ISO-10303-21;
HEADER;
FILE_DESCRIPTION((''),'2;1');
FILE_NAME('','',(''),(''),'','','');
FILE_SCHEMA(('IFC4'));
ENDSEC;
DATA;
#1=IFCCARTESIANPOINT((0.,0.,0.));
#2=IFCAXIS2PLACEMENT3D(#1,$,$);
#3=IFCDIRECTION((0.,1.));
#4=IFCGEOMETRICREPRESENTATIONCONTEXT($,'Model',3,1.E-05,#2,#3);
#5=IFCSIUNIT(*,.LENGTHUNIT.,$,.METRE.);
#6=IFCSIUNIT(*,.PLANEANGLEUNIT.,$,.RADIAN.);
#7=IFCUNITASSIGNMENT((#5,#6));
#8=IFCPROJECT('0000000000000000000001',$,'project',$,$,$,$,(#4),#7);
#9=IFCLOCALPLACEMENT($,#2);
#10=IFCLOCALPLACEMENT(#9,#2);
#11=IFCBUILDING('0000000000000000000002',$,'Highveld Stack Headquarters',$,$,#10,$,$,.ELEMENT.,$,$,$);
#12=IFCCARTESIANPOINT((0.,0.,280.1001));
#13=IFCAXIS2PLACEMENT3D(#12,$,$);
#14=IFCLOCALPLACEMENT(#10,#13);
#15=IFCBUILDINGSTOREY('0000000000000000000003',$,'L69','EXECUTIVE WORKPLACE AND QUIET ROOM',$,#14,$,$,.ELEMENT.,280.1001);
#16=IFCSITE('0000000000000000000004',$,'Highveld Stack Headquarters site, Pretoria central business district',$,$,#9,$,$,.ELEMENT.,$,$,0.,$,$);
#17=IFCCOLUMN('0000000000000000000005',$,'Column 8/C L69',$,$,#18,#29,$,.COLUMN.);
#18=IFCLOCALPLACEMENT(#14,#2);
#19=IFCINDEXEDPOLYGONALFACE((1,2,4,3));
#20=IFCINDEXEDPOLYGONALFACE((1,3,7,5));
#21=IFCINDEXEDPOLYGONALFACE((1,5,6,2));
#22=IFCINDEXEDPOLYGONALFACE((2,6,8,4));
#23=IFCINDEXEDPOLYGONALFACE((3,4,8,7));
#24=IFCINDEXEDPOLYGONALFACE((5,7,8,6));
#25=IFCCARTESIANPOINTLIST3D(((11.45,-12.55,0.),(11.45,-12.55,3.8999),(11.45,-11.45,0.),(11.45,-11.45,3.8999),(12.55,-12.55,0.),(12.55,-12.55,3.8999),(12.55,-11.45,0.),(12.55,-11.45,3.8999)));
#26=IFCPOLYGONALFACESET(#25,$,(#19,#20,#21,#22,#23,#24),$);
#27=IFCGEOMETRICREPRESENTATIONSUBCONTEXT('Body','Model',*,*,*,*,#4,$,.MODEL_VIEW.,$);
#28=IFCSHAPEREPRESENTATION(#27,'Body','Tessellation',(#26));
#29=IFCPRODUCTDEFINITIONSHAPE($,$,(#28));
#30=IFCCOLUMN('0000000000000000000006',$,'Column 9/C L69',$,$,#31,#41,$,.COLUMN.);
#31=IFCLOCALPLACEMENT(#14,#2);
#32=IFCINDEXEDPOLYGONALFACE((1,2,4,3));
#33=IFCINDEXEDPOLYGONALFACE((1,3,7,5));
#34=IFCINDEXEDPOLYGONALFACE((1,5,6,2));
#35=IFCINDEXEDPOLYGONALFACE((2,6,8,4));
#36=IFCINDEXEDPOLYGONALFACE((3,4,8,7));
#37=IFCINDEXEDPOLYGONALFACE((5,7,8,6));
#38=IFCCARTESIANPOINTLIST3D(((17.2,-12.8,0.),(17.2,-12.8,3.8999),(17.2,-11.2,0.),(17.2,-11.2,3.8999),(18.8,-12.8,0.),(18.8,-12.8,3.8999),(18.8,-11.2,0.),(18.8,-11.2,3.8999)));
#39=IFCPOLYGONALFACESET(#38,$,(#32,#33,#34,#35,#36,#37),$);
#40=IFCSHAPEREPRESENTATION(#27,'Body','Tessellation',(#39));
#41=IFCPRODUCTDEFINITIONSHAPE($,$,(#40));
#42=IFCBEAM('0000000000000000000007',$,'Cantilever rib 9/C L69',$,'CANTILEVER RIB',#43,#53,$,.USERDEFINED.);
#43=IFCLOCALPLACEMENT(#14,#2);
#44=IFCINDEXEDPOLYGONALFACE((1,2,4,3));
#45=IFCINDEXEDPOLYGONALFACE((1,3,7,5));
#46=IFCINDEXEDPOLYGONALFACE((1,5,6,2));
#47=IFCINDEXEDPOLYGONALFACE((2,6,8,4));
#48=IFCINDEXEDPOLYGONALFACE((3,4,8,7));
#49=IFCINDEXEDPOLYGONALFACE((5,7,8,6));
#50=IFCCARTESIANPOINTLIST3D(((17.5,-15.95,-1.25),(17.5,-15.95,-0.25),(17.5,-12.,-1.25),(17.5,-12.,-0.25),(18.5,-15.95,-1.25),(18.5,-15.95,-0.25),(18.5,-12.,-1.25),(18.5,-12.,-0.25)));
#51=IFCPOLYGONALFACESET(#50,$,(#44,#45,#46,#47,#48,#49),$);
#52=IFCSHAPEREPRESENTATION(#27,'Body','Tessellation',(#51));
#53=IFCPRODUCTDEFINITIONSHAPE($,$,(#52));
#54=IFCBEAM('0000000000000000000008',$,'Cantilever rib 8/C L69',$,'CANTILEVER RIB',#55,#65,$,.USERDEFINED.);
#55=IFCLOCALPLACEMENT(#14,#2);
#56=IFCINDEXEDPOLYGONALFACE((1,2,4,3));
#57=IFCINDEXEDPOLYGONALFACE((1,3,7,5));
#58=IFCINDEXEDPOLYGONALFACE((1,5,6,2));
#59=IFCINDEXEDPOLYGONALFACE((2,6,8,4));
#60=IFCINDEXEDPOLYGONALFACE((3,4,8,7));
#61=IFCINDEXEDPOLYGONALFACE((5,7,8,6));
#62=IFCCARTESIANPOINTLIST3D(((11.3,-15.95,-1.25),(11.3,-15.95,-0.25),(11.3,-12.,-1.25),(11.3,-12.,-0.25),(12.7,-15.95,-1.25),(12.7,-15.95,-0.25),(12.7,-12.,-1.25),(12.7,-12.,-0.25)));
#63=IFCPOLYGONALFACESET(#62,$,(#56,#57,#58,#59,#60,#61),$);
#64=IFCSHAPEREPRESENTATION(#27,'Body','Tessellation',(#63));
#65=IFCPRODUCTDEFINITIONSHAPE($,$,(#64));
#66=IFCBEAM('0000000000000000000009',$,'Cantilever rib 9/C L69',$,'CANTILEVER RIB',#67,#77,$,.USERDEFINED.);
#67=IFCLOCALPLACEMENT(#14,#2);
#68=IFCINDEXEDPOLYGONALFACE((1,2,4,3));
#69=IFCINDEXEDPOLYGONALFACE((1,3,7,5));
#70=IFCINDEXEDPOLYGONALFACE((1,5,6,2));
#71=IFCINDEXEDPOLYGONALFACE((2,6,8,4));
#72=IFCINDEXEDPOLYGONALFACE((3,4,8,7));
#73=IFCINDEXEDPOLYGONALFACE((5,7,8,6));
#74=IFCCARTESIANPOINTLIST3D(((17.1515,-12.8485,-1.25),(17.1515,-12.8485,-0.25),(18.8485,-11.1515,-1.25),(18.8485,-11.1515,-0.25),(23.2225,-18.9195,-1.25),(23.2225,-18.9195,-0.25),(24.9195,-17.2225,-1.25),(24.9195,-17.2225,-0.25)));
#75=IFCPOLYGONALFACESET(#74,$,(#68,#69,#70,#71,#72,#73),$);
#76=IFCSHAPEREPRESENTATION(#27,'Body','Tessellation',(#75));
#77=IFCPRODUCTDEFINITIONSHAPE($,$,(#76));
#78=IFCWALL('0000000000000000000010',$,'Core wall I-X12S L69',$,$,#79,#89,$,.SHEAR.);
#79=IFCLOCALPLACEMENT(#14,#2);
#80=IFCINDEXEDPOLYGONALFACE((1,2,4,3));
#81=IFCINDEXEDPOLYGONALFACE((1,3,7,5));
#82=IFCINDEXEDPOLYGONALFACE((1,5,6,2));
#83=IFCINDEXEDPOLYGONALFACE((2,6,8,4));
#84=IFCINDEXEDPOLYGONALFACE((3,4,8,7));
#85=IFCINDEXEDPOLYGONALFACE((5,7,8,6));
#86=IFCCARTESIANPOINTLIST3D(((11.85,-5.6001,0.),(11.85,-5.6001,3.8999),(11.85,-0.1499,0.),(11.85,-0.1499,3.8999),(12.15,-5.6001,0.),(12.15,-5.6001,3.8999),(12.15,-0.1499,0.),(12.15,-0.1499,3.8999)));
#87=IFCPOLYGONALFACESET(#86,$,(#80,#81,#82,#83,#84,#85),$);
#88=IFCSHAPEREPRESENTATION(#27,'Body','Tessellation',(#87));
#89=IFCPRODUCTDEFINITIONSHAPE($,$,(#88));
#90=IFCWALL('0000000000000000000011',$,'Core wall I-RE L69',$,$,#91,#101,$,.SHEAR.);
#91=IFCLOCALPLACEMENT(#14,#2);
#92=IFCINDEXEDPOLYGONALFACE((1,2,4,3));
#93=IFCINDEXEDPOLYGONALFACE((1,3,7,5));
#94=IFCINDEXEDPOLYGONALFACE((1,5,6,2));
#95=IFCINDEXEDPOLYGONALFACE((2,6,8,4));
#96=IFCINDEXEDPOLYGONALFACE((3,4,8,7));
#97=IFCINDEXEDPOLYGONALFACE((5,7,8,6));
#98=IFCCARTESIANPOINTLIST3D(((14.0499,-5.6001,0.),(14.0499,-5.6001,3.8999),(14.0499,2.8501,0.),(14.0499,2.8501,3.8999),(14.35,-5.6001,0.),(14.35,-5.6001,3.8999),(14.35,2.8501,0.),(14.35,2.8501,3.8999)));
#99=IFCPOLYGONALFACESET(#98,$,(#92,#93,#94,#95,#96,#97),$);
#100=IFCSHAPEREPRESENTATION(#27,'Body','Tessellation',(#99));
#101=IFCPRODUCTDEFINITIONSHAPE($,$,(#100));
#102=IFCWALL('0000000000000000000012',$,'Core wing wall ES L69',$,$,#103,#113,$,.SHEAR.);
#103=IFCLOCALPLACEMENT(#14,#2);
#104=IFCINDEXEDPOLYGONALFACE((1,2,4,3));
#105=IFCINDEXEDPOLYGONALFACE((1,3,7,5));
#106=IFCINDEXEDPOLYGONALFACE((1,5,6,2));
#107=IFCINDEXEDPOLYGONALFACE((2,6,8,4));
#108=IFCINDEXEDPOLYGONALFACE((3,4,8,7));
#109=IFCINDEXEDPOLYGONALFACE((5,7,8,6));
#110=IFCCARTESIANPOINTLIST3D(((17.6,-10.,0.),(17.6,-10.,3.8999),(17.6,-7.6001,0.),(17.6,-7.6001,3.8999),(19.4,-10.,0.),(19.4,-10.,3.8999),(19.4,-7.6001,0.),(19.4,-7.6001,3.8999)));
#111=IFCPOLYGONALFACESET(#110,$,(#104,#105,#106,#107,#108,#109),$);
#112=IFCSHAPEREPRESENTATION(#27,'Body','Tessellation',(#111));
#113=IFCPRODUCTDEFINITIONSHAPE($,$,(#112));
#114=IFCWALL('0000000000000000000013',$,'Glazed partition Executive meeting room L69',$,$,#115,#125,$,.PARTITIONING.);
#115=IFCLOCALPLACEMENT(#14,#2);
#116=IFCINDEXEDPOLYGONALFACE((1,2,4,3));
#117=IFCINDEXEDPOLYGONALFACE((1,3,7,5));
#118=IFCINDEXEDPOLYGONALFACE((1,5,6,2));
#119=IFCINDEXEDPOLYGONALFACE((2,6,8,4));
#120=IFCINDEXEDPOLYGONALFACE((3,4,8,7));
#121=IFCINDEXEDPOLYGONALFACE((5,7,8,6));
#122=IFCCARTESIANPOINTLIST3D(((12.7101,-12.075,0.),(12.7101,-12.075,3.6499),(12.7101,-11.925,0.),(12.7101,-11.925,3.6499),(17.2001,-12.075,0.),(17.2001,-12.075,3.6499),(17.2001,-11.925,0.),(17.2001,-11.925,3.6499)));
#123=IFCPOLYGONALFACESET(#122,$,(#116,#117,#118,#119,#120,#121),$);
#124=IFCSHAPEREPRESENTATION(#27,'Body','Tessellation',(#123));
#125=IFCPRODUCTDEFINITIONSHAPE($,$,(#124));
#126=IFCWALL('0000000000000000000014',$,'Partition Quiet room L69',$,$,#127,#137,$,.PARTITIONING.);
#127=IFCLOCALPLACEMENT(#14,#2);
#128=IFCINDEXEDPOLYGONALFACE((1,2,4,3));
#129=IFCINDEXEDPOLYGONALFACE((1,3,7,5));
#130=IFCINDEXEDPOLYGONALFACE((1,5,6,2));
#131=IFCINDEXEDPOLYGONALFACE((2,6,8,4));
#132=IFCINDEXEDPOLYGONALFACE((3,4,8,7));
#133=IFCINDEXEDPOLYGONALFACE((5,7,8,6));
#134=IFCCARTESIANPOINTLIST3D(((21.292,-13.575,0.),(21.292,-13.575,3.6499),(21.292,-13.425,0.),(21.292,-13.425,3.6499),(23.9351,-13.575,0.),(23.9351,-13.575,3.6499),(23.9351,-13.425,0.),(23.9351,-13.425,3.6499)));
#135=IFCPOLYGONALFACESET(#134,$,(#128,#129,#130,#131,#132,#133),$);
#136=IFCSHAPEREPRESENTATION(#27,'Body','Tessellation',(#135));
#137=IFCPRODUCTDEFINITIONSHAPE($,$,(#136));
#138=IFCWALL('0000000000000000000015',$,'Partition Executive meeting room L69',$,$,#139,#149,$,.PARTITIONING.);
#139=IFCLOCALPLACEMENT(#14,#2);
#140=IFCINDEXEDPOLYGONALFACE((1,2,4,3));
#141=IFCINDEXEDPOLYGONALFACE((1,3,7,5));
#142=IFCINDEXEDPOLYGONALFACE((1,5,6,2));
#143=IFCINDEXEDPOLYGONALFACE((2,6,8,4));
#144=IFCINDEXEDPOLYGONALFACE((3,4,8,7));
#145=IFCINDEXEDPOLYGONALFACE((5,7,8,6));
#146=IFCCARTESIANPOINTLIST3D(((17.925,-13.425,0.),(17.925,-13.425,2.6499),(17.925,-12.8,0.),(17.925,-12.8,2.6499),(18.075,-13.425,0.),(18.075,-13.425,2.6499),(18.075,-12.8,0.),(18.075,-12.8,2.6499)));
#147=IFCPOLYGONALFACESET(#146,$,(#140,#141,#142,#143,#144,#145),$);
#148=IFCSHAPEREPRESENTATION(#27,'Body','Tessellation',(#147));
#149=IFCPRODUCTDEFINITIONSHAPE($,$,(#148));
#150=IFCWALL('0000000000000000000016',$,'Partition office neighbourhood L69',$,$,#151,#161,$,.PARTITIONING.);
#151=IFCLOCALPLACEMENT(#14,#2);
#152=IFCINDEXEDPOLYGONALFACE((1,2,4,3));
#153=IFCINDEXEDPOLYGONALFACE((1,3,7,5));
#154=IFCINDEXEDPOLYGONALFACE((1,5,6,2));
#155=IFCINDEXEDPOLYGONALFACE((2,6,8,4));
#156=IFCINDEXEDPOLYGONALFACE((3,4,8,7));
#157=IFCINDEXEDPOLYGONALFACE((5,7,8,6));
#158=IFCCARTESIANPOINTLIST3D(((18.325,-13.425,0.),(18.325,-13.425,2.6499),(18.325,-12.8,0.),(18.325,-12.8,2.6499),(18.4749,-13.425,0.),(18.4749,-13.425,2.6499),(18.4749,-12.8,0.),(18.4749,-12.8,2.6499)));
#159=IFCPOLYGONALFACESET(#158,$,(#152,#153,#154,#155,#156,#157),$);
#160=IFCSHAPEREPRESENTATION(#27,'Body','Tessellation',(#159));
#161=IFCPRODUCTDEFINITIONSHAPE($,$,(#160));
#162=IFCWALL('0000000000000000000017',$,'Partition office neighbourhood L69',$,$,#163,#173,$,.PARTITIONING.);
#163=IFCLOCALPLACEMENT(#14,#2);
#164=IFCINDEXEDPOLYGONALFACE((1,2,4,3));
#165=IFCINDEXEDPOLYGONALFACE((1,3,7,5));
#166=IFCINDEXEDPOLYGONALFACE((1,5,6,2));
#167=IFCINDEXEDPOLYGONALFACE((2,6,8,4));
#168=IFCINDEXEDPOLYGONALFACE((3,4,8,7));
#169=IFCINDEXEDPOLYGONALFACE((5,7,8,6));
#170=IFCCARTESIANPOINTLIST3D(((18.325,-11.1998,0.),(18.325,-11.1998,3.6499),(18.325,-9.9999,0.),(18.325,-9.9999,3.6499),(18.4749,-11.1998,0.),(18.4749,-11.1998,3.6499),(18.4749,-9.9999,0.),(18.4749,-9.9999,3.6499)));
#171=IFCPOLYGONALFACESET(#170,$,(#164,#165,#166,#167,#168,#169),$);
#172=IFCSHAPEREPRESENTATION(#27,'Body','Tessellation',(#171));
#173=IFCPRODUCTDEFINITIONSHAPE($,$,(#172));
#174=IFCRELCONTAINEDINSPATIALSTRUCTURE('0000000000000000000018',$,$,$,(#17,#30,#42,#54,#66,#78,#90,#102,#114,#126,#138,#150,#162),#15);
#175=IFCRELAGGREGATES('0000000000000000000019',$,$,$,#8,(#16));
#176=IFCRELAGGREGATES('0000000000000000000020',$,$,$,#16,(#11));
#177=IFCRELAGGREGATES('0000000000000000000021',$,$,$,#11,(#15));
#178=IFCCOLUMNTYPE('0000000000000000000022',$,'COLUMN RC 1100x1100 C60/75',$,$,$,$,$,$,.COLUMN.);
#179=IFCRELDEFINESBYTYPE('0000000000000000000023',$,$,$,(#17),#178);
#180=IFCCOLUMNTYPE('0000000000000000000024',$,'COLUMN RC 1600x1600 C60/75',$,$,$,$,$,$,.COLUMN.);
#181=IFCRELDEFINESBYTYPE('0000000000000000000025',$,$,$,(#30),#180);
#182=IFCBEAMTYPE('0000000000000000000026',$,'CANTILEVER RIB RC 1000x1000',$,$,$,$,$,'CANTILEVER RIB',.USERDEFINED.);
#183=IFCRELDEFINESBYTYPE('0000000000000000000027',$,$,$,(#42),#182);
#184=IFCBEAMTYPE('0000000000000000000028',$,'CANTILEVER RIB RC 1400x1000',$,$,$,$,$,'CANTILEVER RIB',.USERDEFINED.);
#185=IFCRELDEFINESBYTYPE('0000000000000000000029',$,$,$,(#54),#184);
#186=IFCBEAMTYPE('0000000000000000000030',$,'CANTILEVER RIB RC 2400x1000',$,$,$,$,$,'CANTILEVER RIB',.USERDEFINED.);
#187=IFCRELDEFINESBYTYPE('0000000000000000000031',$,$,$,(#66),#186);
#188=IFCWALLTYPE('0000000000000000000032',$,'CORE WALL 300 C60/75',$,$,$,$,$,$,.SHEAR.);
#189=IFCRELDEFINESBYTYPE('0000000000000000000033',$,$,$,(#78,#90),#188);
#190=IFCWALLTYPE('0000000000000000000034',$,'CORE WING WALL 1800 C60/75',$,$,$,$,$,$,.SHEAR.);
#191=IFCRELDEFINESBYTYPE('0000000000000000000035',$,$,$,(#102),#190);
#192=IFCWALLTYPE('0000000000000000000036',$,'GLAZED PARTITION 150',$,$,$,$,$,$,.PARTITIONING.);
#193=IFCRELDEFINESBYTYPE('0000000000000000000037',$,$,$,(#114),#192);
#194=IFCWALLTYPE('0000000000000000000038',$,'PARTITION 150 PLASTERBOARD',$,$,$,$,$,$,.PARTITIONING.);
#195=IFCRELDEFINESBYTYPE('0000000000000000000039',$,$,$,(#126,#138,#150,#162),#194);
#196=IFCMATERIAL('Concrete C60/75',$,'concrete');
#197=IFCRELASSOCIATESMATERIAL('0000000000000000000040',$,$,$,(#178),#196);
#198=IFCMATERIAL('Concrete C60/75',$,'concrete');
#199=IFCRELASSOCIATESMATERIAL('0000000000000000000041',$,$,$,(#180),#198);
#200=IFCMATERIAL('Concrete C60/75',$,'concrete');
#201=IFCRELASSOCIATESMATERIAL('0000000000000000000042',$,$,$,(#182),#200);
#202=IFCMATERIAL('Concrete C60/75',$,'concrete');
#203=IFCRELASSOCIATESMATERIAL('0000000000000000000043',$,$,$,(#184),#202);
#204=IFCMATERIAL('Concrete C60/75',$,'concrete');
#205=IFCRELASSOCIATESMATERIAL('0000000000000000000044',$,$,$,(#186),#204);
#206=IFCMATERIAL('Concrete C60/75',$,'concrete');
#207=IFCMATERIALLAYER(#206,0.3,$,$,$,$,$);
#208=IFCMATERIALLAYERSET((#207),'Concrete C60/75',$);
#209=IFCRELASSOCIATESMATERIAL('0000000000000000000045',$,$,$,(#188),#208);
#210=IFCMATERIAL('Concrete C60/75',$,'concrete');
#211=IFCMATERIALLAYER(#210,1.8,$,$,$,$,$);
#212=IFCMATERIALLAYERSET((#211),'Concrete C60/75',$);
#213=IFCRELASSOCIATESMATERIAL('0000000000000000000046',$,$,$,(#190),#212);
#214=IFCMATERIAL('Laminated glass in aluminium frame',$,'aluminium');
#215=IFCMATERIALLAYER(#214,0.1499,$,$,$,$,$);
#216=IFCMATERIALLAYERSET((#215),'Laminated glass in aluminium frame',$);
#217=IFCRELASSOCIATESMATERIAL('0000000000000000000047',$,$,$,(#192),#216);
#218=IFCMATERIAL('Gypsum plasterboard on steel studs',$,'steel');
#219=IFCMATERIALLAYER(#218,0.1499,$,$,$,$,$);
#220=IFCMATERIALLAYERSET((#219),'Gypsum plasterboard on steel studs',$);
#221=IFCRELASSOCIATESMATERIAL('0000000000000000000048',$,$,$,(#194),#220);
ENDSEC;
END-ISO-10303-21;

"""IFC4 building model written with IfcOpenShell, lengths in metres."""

from ifc_helpers import new_model, si_unit, direction, frame, frame_2d, origin, origin_2d, place, context, subcontext, project, spatial, rectangle, extrude, material, layer, layer_set, material_profile, profile_set, type_object, element, save


model = new_model("IFC4")

# Units and contexts
model_context = context("Model", 3, precision=1e-05, world=origin(), true_north=direction((0.0, 1.0)))
body_context = subcontext(model_context, "Body", "Model", "MODEL_VIEW")
ifc_project = project(units=[si_unit("LENGTHUNIT", "METRE"), si_unit("PLANEANGLEUNIT", "RADIAN")], contexts=[model_context])

# Site, building, storey
site_placement = place(None, origin())
site = spatial("IfcSite", under=ifc_project, at=site_placement, Name="Highveld Stack Headquarters site, Pretoria central business district", CompositionType="ELEMENT", RefElevation=0.0)
building_placement = place(site_placement, origin())
building = spatial("IfcBuilding", under=site, at=building_placement, Name="Highveld Stack Headquarters", CompositionType="ELEMENT")
storey_placement = place(building_placement, frame((0.0, 0.0, 280.1001)))
storey = spatial("IfcBuildingStorey", under=building, at=storey_placement, Name="L69", Description="EXECUTIVE WORKPLACE AND QUIET ROOM", CompositionType="ELEMENT", Elevation=280.1001)

# Columns
ifc_material_1 = material(Name="Concrete C60/75", Category="concrete")
ifc_material_profile_1 = material_profile(ifc_material_1, rectangle(XDim=1.1001, YDim=1.1001, at=origin_2d()), Name="RC 1100x1100")
ifc_profile_set_1 = profile_set([ifc_material_profile_1], Name="Concrete C60/75")
column_type_1 = type_object("IfcColumnType", Name="COLUMN RC 1100x1100 C60/75", PredefinedType="COLUMN", material=ifc_profile_set_1)
column_1_placement = place(storey_placement, frame((12.0, -12.0, 0.0), z_axis=(0.0, 0.0, 1.0), x_axis=(1.0, 0.0, 0.0)))
element("IfcColumn", 1, at=column_1_placement, inside=storey, type_object=column_type_1, Name="Column 8/C L69", PredefinedType="COLUMN", context=body_context, shape_type="SweptSolid", body=[
    extrude(rectangle(XDim=1.1001, YDim=1.1001, at=origin_2d()), origin(), (0.0, 0.0, 1.0), 3.8999),
])
ifc_material_2 = material(Name="Concrete C60/75", Category="concrete")
ifc_material_profile_2 = material_profile(ifc_material_2, rectangle(XDim=1.6001, YDim=1.6001, at=origin_2d()), Name="RC 1600x1600")
ifc_profile_set_2 = profile_set([ifc_material_profile_2], Name="Concrete C60/75")
column_type_2 = type_object("IfcColumnType", Name="COLUMN RC 1600x1600 C60/75", PredefinedType="COLUMN", material=ifc_profile_set_2)
column_2_placement = place(storey_placement, frame((18.0, -12.0, 0.0), z_axis=(0.0, 0.0, 1.0), x_axis=(1.0, 0.0, 0.0)))
element("IfcColumn", 2, at=column_2_placement, inside=storey, type_object=column_type_2, Name="Column 9/C L69", PredefinedType="COLUMN", context=body_context, shape_type="SweptSolid", body=[
    extrude(rectangle(XDim=1.6001, YDim=1.6001, at=origin_2d()), origin(), (0.0, 0.0, 1.0), 3.8999),
])

# Beams
ifc_material_3 = material(Name="Concrete C60/75", Category="concrete")
ifc_material_profile_3 = material_profile(ifc_material_3, rectangle(XDim=1.0, YDim=1.0, at=origin_2d()), Name="RC 1000x1000")
ifc_profile_set_3 = profile_set([ifc_material_profile_3], Name="Concrete C60/75")
beam_type_1 = type_object("IfcBeamType", Name="CANTILEVER RIB RC 1000x1000", ElementType="CANTILEVER RIB", PredefinedType="USERDEFINED", material=ifc_profile_set_3)
beam_1_placement = place(storey_placement, frame((18.0, -12.0, -0.75), z_axis=(0.0, -1.0, 0.0), x_axis=(1.0, 0.0, 0.0)))
element("IfcBeam", 3, at=beam_1_placement, inside=storey, type_object=beam_type_1, Name="Cantilever rib 9/C L69", ObjectType="CANTILEVER RIB", PredefinedType="USERDEFINED", context=body_context, shape_type="SweptSolid", body=[
    extrude(rectangle(XDim=1.0, YDim=1.0, at=origin_2d()), origin(), (0.0, 0.0, 1.0), 3.95),
])
ifc_material_4 = material(Name="Concrete C60/75", Category="concrete")
ifc_material_profile_4 = material_profile(ifc_material_4, rectangle(XDim=1.3999, YDim=1.0, at=origin_2d()), Name="RC 1400x1000")
ifc_profile_set_4 = profile_set([ifc_material_profile_4], Name="Concrete C60/75")
beam_type_2 = type_object("IfcBeamType", Name="CANTILEVER RIB RC 1400x1000", ElementType="CANTILEVER RIB", PredefinedType="USERDEFINED", material=ifc_profile_set_4)
beam_2_placement = place(storey_placement, frame((12.0, -12.0, -0.75), z_axis=(0.0, -1.0, 0.0), x_axis=(1.0, 0.0, 0.0)))
element("IfcBeam", 4, at=beam_2_placement, inside=storey, type_object=beam_type_2, Name="Cantilever rib 8/C L69", ObjectType="CANTILEVER RIB", PredefinedType="USERDEFINED", context=body_context, shape_type="SweptSolid", body=[
    extrude(rectangle(XDim=1.3999, YDim=1.0, at=origin_2d()), origin(), (0.0, 0.0, 1.0), 3.95),
])
ifc_material_5 = material(Name="Concrete C60/75", Category="concrete")
ifc_material_profile_5 = material_profile(ifc_material_5, rectangle(XDim=2.3999, YDim=1.0, at=origin_2d()), Name="RC 2400x1000")
ifc_profile_set_5 = profile_set([ifc_material_profile_5], Name="Concrete C60/75")
beam_type_3 = type_object("IfcBeamType", Name="CANTILEVER RIB RC 2400x1000", ElementType="CANTILEVER RIB", PredefinedType="USERDEFINED", material=ifc_profile_set_5)
beam_3_placement = place(storey_placement, frame((18.0, -12.0, -0.75), z_axis=(0.707107, -0.707107, 0.0), x_axis=(0.707107, 0.707107, 0.0)))
element("IfcBeam", 5, at=beam_3_placement, inside=storey, type_object=beam_type_3, Name="Cantilever rib 9/C L69", ObjectType="CANTILEVER RIB", PredefinedType="USERDEFINED", context=body_context, shape_type="SweptSolid", body=[
    extrude(rectangle(XDim=2.3999, YDim=1.0, at=origin_2d()), origin(), (0.0, 0.0, 1.0), 8.5857),
])

# Walls
ifc_material_6 = material(Name="Concrete C60/75", Category="concrete")
ifc_layer_1 = layer(ifc_material_6, 0.3)
ifc_layer_set_1 = layer_set([ifc_layer_1], Name="Concrete C60/75")
wall_type_1 = type_object("IfcWallType", Name="CORE WALL 300 C60/75", PredefinedType="SHEAR", material=ifc_layer_set_1)
wall_1_placement = place(storey_placement, frame((12.0, -5.6001, 0.0), z_axis=(0.0, 0.0, 1.0), x_axis=(0.0, 1.0, 0.0)))
element("IfcWall", 6, at=wall_1_placement, inside=storey, type_object=wall_type_1, Name="Core wall I-X12S L69", PredefinedType="SHEAR", context=body_context, shape_type="SweptSolid", body=[
    extrude(rectangle(XDim=5.4502, YDim=0.3, at=frame_2d((2.7251, 0.0))), origin(), (0.0, 0.0, 1.0), 3.8999),
])
wall_2_placement = place(storey_placement, frame((14.2, -5.6001, 0.0), z_axis=(0.0, 0.0, 1.0), x_axis=(0.0, 1.0, 0.0)))
element("IfcWall", 7, at=wall_2_placement, inside=storey, type_object=wall_type_1, Name="Core wall I-RE L69", PredefinedType="SHEAR", context=body_context, shape_type="SweptSolid", body=[
    extrude(rectangle(XDim=8.4502, YDim=0.3, at=frame_2d((4.2251, 0.0))), origin(), (0.0, 0.0, 1.0), 3.8999),
])
ifc_material_7 = material(Name="Concrete C60/75", Category="concrete")
ifc_layer_2 = layer(ifc_material_7, 1.8)
ifc_layer_set_2 = layer_set([ifc_layer_2], Name="Concrete C60/75")
wall_type_2 = type_object("IfcWallType", Name="CORE WING WALL 1800 C60/75", PredefinedType="SHEAR", material=ifc_layer_set_2)
wall_3_placement = place(storey_placement, frame((18.5, -10.0, 0.0), z_axis=(0.0, 0.0, 1.0), x_axis=(0.0, 1.0, 0.0)))
element("IfcWall", 8, at=wall_3_placement, inside=storey, type_object=wall_type_2, Name="Core wing wall ES L69", PredefinedType="SHEAR", context=body_context, shape_type="SweptSolid", body=[
    extrude(rectangle(XDim=2.3999, YDim=1.8, at=frame_2d((1.2, 0.0))), origin(), (0.0, 0.0, 1.0), 3.8999),
])
ifc_material_8 = material(Name="Laminated glass in aluminium frame", Category="aluminium")
ifc_layer_3 = layer(ifc_material_8, 0.1499)
ifc_layer_set_3 = layer_set([ifc_layer_3], Name="Laminated glass in aluminium frame")
wall_type_3 = type_object("IfcWallType", Name="GLAZED PARTITION 150", PredefinedType="PARTITIONING", material=ifc_layer_set_3)
wall_4_placement = place(storey_placement, frame((12.71, -12.0, 0.0), z_axis=(0.0, 0.0, 1.0), x_axis=(1.0, 0.0, 0.0)))
element("IfcWall", 9, at=wall_4_placement, inside=storey, type_object=wall_type_3, Name="Glazed partition Executive meeting room L69", PredefinedType="PARTITIONING", context=body_context, shape_type="SweptSolid", body=[
    extrude(rectangle(XDim=4.49, YDim=0.1499, at=frame_2d((2.2451, 0.0))), origin(), (0.0, 0.0, 1.0), 3.6499),
])

# Shared definitions
ifc_material_9 = material(Name="Gypsum plasterboard on steel studs", Category="steel")
ifc_layer_4 = layer(ifc_material_9, 0.1499)
ifc_layer_set_4 = layer_set([ifc_layer_4], Name="Gypsum plasterboard on steel studs")
wall_type_4 = type_object("IfcWallType", Name="PARTITION 150 PLASTERBOARD", PredefinedType="PARTITIONING", material=ifc_layer_set_4)

# Walls
wall_5_placement = place(storey_placement, frame((21.292, -13.5, 0.0), z_axis=(0.0, 0.0, 1.0), x_axis=(1.0, 0.0, 0.0)))
element("IfcWall", 10, at=wall_5_placement, inside=storey, type_object=wall_type_4, Name="Partition Quiet room L69", PredefinedType="PARTITIONING", context=body_context, shape_type="SweptSolid", body=[
    extrude(rectangle(XDim=2.6431, YDim=0.1499, at=frame_2d((1.3215, 0.0))), origin(), (0.0, 0.0, 1.0), 3.6499),
])
for number, where, z_axis, x_axis, name in (
    (11, (18.0, -13.425, 0.0), (0.0, 0.0, 1.0), (0.0, 1.0, 0.0), "Partition Executive meeting room L69"),
    (12, (18.3999, -13.425, 0.0), (0.0, 0.0, 1.0), (0.0, 1.0, 0.0), "Partition office neighbourhood L69"),
):
    element("IfcWall", number, at=place(storey_placement, frame(where, z_axis=z_axis, x_axis=x_axis)), inside=storey, type_object=wall_type_4, Name=name, PredefinedType="PARTITIONING", context=body_context, shape_type="SweptSolid", body=[
        extrude(rectangle(XDim=0.625, YDim=0.1499, at=frame_2d((0.3125, 0.0))), origin(), (0.0, 0.0, 1.0), 2.6499),
    ])
wall_6_placement = place(storey_placement, frame((18.3999, -11.2, 0.0), z_axis=(0.0, 0.0, 1.0), x_axis=(0.0, 1.0, 0.0)))
element("IfcWall", 13, at=wall_6_placement, inside=storey, type_object=wall_type_4, Name="Partition office neighbourhood L69", PredefinedType="PARTITIONING", context=body_context, shape_type="SweptSolid", body=[
    extrude(rectangle(XDim=1.2, YDim=0.1499, at=frame_2d((0.6001, 0.0))), origin(), (0.0, 0.0, 1.0), 3.6499),
])

save(model, "model.ifc")
